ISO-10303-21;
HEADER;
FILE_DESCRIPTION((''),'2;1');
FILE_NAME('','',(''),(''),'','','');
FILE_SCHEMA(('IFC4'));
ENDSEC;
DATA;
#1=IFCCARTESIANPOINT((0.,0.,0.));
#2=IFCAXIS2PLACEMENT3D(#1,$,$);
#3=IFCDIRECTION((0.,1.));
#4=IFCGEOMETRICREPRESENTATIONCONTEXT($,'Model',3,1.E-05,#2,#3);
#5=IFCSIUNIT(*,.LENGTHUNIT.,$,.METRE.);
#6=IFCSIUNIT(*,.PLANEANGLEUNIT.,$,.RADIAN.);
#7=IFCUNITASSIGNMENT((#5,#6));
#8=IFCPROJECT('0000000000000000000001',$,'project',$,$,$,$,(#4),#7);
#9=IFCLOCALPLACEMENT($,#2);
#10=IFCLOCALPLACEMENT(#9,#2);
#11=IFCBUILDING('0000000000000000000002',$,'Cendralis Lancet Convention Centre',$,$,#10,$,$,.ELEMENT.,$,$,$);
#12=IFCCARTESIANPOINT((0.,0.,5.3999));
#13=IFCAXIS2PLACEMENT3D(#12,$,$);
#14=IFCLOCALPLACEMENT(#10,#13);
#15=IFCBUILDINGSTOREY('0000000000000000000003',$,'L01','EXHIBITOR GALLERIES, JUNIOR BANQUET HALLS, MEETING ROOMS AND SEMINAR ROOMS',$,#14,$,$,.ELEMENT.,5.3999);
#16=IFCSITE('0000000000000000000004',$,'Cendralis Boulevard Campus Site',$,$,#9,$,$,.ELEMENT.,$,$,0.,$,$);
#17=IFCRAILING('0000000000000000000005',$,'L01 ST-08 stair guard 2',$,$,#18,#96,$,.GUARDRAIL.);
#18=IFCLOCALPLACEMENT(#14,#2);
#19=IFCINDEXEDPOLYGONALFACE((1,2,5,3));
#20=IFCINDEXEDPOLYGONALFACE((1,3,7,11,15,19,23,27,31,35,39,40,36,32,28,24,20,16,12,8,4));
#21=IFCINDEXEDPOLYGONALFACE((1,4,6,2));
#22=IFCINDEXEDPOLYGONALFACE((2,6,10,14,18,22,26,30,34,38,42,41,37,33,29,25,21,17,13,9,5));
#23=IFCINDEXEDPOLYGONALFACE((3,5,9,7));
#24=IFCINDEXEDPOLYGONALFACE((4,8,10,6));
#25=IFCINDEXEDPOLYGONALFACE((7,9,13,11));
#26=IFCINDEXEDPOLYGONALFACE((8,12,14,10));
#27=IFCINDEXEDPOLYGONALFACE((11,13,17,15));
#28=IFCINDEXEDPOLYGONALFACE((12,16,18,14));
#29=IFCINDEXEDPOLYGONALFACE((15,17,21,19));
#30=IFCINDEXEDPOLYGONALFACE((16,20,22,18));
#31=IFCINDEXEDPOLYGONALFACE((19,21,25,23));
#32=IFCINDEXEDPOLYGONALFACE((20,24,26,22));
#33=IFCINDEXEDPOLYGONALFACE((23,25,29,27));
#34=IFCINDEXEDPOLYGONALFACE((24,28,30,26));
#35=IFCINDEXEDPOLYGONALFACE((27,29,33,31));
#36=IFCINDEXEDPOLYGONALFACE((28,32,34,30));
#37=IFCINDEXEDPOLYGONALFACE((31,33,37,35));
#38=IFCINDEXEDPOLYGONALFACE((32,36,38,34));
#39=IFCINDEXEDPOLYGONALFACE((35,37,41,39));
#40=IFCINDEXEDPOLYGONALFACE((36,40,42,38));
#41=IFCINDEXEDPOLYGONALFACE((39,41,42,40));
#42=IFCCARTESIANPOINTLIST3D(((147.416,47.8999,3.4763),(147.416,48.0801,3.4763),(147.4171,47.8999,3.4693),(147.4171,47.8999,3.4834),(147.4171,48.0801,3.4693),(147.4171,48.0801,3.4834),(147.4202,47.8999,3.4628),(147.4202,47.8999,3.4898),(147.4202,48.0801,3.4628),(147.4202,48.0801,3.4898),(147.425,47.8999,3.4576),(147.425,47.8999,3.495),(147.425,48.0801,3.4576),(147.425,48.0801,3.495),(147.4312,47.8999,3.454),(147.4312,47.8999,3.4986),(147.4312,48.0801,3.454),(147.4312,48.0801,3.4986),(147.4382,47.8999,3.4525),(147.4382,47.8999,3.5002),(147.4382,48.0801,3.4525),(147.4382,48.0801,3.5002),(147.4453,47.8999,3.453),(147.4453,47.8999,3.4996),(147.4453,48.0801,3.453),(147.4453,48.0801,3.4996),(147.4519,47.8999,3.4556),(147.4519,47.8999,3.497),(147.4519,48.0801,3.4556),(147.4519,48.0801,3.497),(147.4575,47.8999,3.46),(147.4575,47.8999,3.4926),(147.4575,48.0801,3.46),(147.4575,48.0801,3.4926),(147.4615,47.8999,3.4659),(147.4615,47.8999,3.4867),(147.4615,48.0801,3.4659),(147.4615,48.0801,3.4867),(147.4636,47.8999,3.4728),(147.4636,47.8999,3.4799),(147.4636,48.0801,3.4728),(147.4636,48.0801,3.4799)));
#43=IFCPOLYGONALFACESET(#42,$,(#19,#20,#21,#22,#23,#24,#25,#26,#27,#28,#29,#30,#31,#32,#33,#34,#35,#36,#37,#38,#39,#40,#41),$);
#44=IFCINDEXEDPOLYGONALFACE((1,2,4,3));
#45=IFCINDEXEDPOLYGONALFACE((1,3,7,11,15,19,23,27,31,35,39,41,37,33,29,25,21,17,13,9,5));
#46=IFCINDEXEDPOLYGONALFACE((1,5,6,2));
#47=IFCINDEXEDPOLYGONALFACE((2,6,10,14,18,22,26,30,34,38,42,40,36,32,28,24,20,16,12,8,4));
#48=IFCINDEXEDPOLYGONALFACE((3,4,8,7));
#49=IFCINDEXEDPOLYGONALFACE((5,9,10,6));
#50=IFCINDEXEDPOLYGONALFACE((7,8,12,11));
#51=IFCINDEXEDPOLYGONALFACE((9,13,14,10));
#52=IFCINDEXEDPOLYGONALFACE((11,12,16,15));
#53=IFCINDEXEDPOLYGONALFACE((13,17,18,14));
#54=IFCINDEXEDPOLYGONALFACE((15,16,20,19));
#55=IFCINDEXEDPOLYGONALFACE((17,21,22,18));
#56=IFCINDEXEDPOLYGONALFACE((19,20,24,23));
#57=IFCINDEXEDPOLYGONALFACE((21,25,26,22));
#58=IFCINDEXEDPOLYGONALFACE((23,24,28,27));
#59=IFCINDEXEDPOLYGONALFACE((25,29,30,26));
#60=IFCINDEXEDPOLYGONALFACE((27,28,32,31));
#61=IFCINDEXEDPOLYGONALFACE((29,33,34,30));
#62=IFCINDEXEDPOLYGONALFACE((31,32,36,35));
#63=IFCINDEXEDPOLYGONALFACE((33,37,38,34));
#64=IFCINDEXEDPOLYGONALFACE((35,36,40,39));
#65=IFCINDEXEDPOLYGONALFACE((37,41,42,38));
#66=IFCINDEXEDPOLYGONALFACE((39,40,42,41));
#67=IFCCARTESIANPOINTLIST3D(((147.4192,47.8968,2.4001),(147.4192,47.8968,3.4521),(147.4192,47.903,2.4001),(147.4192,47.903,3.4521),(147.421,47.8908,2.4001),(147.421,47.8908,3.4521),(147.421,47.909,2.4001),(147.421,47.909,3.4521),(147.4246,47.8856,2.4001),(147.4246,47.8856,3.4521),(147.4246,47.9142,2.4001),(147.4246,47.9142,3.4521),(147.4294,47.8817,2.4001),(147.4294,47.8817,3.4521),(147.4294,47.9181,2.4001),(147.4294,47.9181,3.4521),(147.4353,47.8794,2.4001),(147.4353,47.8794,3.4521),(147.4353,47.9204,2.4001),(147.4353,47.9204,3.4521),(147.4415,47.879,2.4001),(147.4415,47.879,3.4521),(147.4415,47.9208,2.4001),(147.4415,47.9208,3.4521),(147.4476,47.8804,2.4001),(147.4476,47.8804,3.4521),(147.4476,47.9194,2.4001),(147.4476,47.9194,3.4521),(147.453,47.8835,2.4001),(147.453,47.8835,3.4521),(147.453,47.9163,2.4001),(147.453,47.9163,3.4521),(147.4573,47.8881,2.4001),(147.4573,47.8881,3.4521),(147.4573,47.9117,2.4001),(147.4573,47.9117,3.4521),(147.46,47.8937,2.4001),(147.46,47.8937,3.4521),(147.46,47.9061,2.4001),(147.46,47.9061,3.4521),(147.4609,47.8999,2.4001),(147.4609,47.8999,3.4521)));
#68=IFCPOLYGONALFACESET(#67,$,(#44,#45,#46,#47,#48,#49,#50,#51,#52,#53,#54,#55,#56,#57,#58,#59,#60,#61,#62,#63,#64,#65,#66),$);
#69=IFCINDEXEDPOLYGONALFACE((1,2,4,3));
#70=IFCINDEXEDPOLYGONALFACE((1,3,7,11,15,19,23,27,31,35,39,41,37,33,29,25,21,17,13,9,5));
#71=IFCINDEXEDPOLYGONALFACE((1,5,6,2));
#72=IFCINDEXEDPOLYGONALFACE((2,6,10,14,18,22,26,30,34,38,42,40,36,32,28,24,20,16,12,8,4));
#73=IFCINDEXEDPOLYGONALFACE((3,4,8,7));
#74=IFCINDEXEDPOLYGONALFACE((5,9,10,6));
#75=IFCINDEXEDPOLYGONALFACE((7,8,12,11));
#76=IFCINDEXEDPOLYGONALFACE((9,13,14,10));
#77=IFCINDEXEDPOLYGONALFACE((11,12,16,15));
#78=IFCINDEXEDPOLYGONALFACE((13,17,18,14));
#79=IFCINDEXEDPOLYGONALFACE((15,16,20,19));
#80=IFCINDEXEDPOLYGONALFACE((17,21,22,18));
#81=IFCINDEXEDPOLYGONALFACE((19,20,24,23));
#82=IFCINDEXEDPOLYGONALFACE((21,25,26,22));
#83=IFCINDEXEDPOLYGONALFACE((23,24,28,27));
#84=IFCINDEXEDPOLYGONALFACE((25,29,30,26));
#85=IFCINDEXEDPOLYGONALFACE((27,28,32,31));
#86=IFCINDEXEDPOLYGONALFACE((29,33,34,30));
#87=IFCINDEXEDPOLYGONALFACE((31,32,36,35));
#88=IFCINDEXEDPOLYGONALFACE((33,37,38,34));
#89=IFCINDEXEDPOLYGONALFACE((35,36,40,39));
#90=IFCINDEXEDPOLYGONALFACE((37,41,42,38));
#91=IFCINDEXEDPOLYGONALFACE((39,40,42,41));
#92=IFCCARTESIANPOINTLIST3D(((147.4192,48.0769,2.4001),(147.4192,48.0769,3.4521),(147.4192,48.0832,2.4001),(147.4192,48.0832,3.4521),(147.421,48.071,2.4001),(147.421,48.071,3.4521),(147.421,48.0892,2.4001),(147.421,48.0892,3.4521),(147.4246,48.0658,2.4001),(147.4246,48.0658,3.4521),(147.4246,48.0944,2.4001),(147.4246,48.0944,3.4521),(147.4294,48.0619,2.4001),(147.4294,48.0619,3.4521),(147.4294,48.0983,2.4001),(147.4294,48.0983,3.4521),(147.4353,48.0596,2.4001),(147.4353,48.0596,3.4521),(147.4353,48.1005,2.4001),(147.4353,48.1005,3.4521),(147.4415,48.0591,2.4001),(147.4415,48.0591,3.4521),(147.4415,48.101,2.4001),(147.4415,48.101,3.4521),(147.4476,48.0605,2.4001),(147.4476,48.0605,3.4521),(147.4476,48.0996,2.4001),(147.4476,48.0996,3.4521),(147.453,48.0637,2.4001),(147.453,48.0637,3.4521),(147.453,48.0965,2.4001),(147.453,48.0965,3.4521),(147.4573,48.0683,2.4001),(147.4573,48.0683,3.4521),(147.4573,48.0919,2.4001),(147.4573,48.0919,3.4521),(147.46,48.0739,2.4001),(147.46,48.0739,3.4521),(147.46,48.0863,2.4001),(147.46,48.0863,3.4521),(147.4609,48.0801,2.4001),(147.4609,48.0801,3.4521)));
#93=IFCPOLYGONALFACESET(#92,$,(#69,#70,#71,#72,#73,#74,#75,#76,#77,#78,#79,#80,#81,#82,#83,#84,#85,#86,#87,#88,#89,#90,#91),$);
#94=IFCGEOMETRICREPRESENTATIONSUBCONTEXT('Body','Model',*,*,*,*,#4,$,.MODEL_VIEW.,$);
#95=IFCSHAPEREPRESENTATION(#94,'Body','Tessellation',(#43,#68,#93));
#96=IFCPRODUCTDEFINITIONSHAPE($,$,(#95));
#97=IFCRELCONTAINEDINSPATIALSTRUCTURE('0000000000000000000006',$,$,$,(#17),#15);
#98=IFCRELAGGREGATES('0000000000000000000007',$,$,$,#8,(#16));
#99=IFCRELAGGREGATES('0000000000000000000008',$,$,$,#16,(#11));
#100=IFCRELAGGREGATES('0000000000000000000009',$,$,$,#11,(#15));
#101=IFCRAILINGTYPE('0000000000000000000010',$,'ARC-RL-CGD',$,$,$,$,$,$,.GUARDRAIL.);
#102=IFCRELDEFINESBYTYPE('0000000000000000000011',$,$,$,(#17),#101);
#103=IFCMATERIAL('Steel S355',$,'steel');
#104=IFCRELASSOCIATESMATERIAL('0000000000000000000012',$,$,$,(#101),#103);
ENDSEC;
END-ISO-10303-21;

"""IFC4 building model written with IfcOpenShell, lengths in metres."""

from ifc_helpers import new_model, si_unit, direction, frame, origin, origin_2d, place, context, subcontext, project, spatial, circle, extrude, material, type_object, element, save


model = new_model("IFC4")

# Units and contexts
model_context = context("Model", 3, precision=1e-05, world=origin(), true_north=direction((0.0, 1.0)))
body_context = subcontext(model_context, "Body", "Model", "MODEL_VIEW")
ifc_project = project(units=[si_unit("LENGTHUNIT", "METRE"), si_unit("PLANEANGLEUNIT", "RADIAN")], contexts=[model_context])

# Site, building, storey
site_placement = place(None, origin())
site = spatial("IfcSite", under=ifc_project, at=site_placement, Name="Cendralis Boulevard Campus Site", CompositionType="ELEMENT", RefElevation=0.0)
building_placement = place(site_placement, origin())
building = spatial("IfcBuilding", under=site, at=building_placement, Name="Cendralis Lancet Convention Centre", CompositionType="ELEMENT")
storey_placement = place(building_placement, frame((0.0, 0.0, 5.3999)))
storey = spatial("IfcBuildingStorey", under=building, at=storey_placement, Name="L01", Description="EXHIBITOR GALLERIES, JUNIOR BANQUET HALLS, MEETING ROOMS AND SEMINAR ROOMS", CompositionType="ELEMENT", Elevation=5.3999)

# Shared definitions
ifc_material_1 = material(Name="Steel S355", Category="steel")

# Railing
railing_type_1 = type_object("IfcRailingType", Name="ARC-RL-CGD", PredefinedType="GUARDRAIL", material=ifc_material_1)
railing_1_placement = place(storey_placement, frame((147.4399, 47.8999, 2.4001)))
element("IfcRailing", 1, at=railing_1_placement, inside=storey, type_object=railing_type_1, Name="L01 ST-08 stair guard 2", PredefinedType="GUARDRAIL", context=body_context, shape_type="SweptSolid", body=[
    extrude(circle(Radius=0.0239, at=origin_2d()), frame((0.0, 0.0, 1.0762), z_axis=(0.0, 1.0, 0.0), x_axis=(-1.0, 0.0, 0.0)), (0.0, 0.0, 1.0), 0.1802),
    extrude(circle(Radius=0.021, at=origin_2d()), origin(), (0.0, 0.0, 1.0), 1.052),
    extrude(circle(Radius=0.021, at=origin_2d()), frame((0.0, 0.1802, 0.0)), (0.0, 0.0, 1.0), 1.052),
])

save(model, "model.ifc")
